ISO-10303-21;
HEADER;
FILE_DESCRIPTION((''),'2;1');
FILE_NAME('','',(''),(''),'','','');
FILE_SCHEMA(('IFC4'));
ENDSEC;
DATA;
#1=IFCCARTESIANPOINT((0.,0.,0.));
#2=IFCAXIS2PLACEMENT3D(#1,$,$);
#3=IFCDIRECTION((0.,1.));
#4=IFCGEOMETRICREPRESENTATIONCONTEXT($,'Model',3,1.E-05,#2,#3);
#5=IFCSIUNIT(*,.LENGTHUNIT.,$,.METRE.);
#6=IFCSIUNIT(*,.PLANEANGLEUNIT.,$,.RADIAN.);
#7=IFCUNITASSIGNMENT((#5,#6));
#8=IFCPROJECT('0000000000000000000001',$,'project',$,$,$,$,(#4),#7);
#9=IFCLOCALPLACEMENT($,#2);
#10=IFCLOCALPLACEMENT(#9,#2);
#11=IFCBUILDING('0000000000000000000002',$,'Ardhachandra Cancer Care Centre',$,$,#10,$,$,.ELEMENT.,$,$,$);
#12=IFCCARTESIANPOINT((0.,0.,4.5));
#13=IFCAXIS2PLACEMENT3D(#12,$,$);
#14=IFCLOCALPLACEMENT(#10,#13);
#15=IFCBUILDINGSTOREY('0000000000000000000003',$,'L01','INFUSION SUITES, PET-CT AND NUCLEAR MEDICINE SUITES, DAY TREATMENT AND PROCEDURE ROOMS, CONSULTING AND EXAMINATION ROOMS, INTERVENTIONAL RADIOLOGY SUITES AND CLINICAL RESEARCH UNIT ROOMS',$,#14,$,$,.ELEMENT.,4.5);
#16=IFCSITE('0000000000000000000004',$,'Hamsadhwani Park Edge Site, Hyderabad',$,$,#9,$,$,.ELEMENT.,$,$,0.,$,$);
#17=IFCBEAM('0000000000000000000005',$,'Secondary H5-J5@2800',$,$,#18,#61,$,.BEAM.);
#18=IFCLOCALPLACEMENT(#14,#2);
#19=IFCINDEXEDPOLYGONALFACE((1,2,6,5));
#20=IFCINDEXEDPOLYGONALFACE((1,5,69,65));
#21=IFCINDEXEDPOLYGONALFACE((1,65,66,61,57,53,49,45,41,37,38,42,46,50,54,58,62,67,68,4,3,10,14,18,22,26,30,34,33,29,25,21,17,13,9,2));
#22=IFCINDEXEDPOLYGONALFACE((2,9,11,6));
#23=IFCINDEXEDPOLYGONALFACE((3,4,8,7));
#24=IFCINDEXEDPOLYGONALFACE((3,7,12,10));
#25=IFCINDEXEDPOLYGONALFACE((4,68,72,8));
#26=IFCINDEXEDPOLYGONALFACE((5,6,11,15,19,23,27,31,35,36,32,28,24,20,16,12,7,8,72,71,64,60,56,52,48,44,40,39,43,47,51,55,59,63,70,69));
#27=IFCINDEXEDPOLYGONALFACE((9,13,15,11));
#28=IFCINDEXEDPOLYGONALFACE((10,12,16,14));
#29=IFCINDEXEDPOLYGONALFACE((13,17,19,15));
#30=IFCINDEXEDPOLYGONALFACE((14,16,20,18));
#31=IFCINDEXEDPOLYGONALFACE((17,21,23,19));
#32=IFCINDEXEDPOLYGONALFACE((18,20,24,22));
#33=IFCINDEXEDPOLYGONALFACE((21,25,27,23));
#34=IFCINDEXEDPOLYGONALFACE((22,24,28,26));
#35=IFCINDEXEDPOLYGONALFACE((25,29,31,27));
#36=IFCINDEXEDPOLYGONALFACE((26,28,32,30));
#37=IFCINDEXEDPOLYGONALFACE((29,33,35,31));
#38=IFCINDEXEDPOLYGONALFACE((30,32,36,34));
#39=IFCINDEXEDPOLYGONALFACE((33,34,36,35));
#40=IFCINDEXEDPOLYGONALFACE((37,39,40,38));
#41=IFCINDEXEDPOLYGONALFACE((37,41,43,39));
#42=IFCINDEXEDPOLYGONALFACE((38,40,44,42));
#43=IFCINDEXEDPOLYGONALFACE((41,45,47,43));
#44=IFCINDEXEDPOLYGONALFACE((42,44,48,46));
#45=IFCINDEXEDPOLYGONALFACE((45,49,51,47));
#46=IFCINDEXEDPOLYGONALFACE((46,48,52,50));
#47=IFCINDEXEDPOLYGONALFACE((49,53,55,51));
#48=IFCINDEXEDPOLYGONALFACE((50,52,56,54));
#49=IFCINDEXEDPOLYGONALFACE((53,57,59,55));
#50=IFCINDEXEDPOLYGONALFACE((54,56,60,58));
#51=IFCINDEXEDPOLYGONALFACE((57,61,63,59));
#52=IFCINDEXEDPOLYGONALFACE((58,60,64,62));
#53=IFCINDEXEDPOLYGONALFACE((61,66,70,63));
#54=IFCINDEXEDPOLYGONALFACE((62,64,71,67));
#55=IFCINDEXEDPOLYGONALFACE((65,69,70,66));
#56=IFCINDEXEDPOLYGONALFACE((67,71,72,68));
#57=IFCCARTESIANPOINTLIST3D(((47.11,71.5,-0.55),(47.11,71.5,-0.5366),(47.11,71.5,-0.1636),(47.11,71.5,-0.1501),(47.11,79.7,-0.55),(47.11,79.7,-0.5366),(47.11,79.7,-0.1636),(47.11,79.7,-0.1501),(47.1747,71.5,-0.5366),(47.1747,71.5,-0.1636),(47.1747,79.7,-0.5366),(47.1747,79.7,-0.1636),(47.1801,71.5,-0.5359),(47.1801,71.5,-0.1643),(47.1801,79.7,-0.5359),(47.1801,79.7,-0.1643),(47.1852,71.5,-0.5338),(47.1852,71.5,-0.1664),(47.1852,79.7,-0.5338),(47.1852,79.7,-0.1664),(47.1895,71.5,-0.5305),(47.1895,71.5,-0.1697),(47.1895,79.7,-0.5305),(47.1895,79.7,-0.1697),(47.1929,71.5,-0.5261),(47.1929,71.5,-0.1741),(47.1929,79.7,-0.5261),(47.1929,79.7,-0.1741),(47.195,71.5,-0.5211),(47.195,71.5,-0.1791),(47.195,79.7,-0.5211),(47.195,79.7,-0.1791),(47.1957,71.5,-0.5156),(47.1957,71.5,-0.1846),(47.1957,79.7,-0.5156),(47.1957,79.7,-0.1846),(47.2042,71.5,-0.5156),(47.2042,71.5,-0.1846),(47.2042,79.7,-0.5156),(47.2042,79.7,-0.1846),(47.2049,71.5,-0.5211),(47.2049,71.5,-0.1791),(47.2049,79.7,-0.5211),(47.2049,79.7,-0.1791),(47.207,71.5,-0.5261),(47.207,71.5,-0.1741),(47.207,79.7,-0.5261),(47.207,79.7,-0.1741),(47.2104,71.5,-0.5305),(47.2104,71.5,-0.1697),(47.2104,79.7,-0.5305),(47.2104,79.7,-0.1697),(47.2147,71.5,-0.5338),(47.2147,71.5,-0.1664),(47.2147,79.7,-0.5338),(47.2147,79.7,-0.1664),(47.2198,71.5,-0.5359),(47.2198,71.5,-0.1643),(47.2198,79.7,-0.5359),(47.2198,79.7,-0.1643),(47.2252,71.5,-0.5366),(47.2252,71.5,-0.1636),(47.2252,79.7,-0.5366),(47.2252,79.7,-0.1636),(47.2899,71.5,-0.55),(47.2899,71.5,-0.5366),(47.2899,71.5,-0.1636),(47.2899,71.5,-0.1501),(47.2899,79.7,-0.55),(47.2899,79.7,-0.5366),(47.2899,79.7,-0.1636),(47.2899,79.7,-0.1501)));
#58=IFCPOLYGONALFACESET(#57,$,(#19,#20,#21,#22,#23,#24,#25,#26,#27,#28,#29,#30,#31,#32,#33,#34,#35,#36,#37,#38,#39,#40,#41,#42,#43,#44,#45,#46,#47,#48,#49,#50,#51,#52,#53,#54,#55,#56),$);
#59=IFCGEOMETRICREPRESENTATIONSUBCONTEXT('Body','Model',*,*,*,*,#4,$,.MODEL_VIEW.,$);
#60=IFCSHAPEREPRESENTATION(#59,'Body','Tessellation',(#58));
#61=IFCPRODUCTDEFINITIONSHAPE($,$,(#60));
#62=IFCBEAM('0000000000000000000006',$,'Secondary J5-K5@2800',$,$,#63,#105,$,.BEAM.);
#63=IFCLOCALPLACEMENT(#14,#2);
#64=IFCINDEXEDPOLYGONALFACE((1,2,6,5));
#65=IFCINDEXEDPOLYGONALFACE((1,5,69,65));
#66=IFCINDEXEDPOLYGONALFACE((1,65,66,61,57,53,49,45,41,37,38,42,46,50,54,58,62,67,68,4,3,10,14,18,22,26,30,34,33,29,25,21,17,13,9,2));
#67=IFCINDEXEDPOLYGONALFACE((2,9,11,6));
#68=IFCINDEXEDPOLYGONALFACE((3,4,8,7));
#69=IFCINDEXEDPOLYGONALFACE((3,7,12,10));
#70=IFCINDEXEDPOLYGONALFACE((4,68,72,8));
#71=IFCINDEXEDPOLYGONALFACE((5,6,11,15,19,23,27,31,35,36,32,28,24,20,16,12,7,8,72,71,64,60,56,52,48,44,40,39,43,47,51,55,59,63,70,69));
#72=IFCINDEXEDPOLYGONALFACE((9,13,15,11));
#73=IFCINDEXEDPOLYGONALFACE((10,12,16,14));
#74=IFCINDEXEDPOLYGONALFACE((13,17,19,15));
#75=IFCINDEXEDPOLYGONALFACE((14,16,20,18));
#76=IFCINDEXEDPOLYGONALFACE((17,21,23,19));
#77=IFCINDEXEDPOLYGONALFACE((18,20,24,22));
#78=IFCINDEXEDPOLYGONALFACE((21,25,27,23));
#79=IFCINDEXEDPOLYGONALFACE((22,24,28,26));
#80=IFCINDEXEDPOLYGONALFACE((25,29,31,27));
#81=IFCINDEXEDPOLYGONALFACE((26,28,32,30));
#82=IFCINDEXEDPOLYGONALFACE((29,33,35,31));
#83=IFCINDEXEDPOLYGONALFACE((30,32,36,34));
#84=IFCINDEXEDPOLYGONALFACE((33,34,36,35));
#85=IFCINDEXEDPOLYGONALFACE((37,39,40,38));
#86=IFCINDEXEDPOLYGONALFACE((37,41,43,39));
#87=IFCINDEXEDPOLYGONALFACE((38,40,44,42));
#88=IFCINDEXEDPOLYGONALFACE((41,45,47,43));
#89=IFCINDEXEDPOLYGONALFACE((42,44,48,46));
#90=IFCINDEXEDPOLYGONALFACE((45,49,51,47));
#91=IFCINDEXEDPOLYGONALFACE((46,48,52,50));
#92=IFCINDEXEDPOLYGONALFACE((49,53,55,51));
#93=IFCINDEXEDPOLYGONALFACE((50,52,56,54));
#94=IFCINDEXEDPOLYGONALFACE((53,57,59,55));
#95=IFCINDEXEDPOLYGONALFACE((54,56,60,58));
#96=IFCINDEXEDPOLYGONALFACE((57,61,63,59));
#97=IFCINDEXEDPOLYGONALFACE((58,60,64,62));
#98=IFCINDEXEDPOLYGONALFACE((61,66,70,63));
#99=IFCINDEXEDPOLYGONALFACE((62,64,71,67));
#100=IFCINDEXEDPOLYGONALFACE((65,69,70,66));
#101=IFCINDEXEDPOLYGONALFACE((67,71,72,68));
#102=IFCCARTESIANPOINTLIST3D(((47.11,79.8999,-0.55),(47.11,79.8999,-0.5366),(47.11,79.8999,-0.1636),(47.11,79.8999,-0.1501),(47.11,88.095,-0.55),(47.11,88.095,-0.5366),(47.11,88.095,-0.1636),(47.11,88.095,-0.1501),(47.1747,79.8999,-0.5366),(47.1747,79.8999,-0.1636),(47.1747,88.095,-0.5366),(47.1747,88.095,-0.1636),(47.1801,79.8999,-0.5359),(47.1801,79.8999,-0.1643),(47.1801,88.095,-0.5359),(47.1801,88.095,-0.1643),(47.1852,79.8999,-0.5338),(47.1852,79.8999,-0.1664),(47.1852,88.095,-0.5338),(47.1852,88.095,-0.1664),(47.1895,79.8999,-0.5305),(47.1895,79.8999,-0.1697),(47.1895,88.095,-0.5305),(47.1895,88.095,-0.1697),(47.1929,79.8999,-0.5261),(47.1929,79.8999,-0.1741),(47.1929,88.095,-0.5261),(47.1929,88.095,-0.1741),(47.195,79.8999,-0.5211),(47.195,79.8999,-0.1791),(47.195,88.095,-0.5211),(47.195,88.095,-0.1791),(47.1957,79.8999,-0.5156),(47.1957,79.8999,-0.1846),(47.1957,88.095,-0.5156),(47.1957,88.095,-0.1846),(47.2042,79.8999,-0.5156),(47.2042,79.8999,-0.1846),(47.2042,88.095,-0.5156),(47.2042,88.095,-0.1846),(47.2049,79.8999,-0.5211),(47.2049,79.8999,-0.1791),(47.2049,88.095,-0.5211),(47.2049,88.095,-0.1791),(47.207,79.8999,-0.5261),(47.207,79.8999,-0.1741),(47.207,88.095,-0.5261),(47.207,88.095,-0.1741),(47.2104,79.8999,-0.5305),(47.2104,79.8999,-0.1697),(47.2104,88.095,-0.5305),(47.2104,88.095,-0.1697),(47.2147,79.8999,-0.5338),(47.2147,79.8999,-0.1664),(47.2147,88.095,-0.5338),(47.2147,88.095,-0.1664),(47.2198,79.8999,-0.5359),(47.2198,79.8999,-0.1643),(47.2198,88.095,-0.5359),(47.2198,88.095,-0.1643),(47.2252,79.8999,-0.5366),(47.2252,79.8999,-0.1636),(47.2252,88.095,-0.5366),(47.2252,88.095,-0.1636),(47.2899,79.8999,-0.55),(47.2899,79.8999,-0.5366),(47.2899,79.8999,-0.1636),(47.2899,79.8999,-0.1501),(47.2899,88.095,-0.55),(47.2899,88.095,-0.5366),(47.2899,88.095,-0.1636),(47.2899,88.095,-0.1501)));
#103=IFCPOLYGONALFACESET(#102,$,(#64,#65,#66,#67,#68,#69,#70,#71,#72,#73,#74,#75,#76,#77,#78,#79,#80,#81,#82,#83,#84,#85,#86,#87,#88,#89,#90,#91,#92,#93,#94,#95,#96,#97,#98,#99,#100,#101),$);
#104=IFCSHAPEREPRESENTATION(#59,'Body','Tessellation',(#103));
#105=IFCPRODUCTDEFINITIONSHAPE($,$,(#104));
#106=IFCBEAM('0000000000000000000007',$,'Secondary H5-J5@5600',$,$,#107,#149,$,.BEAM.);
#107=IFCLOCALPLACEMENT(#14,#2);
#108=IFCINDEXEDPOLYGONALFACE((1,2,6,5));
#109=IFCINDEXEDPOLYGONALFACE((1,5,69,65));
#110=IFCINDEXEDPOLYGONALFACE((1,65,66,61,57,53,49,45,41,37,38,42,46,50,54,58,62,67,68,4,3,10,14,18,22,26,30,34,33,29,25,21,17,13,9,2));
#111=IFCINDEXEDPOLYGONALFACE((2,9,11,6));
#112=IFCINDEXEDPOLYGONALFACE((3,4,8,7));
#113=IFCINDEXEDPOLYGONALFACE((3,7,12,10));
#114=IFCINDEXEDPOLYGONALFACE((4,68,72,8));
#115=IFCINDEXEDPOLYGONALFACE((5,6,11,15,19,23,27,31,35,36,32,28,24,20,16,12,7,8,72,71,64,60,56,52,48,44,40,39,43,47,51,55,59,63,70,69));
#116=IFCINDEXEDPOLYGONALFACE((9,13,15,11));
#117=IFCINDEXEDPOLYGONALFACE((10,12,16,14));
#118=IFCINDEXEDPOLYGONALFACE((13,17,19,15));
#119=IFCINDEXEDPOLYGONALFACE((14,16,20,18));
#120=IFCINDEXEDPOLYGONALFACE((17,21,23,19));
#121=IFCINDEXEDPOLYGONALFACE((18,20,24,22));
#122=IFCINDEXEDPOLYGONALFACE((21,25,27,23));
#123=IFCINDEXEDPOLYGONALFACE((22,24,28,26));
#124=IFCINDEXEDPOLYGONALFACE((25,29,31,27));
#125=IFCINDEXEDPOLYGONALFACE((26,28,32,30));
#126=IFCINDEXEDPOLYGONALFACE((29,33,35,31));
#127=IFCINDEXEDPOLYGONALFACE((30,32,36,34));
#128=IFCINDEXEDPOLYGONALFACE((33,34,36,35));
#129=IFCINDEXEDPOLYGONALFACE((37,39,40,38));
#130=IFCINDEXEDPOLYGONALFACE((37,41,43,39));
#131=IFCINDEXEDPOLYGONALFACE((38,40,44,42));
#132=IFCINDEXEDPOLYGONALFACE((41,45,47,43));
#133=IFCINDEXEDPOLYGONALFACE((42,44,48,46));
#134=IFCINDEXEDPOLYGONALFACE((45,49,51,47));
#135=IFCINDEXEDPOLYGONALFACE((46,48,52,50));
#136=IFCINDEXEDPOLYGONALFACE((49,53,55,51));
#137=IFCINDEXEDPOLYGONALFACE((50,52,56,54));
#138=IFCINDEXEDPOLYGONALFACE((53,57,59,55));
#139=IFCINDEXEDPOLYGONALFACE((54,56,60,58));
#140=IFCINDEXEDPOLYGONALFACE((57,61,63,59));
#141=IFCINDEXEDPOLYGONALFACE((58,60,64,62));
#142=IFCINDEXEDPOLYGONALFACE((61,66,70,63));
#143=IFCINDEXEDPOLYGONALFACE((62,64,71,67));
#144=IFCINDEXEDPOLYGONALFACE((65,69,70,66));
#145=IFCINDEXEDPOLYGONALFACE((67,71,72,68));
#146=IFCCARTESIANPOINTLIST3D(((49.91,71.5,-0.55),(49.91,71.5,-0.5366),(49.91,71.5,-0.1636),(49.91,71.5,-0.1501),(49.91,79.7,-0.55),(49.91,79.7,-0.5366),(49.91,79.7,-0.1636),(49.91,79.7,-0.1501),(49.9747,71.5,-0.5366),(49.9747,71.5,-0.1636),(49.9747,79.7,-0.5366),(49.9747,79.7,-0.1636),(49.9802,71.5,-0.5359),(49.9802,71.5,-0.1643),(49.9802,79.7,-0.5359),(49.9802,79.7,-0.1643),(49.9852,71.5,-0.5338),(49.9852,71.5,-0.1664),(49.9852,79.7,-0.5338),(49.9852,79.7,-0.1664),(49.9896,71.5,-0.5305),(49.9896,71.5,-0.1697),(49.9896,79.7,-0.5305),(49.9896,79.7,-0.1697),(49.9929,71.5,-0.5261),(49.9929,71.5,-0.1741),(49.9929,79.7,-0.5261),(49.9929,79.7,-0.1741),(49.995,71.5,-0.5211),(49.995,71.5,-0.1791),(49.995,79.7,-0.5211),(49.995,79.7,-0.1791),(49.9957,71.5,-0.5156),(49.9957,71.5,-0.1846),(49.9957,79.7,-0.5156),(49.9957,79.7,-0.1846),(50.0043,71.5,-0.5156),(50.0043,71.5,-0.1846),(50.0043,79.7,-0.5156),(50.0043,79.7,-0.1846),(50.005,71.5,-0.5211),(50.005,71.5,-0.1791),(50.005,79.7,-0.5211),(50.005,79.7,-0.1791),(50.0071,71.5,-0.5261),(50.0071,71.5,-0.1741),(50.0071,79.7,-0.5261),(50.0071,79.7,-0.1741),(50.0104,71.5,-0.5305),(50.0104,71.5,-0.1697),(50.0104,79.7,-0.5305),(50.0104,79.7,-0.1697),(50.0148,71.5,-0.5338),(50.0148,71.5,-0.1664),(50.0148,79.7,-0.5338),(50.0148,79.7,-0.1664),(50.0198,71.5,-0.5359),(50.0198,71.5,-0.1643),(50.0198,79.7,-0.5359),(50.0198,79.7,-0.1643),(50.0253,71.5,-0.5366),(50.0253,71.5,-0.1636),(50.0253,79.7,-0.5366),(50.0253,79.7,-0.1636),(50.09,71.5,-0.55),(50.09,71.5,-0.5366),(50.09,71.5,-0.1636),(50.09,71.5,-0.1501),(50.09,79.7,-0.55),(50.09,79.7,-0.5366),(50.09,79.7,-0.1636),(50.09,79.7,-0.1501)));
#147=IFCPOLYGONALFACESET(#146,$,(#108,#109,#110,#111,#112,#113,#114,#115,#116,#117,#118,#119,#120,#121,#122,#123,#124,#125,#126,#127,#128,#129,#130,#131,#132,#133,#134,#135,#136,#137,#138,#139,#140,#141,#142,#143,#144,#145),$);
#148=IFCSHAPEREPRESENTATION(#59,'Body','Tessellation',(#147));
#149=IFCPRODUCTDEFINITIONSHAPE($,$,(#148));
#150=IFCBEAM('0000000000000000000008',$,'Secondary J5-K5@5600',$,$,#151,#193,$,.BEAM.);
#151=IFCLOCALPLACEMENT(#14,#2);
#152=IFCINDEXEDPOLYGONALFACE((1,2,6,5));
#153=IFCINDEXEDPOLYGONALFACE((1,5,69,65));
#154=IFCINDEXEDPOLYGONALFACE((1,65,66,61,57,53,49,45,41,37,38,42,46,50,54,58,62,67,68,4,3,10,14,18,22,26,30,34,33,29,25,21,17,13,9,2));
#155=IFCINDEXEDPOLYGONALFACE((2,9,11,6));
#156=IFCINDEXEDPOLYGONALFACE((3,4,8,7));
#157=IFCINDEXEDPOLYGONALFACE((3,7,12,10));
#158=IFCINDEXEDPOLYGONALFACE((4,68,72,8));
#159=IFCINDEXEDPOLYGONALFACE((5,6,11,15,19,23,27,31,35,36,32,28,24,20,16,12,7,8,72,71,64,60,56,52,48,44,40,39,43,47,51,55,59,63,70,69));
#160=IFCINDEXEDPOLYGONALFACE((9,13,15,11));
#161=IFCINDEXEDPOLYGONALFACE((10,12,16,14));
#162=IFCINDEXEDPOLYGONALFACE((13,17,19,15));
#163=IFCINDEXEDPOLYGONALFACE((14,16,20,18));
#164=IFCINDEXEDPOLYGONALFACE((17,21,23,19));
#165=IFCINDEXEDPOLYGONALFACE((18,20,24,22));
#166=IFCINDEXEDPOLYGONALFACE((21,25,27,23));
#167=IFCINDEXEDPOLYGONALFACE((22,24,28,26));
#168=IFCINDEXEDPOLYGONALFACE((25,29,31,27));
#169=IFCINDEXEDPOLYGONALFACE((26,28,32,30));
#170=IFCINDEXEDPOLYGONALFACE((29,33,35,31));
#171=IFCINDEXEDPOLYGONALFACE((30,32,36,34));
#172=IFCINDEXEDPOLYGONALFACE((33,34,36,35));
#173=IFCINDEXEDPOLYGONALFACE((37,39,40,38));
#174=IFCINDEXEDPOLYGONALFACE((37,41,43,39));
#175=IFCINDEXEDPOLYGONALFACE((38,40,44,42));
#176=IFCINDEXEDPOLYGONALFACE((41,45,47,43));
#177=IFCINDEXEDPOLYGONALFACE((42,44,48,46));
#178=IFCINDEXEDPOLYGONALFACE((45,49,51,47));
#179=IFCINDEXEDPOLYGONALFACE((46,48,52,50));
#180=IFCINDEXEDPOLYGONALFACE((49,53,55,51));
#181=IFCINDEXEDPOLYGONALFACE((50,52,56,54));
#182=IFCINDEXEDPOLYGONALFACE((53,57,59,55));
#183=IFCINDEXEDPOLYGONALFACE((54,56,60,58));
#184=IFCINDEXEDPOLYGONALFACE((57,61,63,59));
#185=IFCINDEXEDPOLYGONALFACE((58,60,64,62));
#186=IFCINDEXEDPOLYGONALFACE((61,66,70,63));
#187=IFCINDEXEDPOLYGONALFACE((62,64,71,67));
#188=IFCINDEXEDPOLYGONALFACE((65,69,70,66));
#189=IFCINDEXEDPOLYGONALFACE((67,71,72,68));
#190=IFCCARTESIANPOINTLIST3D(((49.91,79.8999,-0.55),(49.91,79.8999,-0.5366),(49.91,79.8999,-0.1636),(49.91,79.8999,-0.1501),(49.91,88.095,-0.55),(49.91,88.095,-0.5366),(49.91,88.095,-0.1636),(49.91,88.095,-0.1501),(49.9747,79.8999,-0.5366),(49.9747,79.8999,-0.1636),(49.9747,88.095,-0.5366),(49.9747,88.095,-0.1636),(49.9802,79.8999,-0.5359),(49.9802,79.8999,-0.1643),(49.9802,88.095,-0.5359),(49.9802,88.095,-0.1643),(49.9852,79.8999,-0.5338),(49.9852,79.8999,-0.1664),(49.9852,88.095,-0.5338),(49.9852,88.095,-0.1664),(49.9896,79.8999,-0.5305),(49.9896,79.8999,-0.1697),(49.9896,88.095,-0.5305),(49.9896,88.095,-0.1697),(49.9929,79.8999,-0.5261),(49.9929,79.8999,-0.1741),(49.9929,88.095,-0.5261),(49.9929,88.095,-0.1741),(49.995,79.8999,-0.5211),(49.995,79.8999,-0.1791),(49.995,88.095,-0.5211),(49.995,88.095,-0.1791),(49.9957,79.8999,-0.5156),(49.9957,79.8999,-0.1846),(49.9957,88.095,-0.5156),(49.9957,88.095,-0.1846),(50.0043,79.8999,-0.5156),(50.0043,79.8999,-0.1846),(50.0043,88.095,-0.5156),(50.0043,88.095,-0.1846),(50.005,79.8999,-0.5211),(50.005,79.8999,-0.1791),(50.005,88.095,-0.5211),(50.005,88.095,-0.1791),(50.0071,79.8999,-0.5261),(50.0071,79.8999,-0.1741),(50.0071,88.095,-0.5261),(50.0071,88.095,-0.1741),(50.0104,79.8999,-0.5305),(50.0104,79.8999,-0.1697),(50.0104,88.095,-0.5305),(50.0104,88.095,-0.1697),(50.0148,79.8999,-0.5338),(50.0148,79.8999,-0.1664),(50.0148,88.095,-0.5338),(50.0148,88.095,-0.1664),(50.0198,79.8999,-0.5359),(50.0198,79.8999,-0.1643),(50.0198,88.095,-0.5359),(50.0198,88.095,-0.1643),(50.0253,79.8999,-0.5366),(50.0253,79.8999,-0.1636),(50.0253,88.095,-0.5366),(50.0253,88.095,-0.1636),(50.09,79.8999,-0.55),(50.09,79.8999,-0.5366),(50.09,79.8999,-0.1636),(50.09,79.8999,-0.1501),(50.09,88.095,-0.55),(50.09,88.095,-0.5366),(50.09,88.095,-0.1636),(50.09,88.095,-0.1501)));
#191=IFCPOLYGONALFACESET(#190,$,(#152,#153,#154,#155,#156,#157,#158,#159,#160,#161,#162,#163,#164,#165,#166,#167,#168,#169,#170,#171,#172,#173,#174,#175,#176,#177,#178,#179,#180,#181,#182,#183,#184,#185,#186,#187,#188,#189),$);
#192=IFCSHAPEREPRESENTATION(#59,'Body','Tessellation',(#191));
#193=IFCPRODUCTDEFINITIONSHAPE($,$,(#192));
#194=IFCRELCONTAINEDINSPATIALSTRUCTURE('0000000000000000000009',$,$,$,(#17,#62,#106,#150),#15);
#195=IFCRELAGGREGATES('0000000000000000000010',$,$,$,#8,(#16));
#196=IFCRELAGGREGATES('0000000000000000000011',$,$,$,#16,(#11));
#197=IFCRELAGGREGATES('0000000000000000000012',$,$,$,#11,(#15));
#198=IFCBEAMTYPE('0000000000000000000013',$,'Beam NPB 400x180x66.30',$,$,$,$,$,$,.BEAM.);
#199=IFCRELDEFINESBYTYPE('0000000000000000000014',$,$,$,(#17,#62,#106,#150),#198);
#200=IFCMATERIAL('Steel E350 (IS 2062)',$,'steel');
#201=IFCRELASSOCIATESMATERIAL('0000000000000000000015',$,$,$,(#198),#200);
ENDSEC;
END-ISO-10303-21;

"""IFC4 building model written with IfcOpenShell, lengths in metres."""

from ifc_helpers import new_model, si_unit, direction, frame, origin, origin_2d, place, context, subcontext, project, spatial, i_section, extrude, material, material_profile, profile_set, type_object, element, save


model = new_model("IFC4")

# Units and contexts
model_context = context("Model", 3, precision=1e-05, world=origin(), true_north=direction((0.0, 1.0)))
body_context = subcontext(model_context, "Body", "Model", "MODEL_VIEW")
ifc_project = project(units=[si_unit("LENGTHUNIT", "METRE"), si_unit("PLANEANGLEUNIT", "RADIAN")], contexts=[model_context])

# Site, building, storey
site_placement = place(None, origin())
site = spatial("IfcSite", under=ifc_project, at=site_placement, Name="Hamsadhwani Park Edge Site, Hyderabad", CompositionType="ELEMENT", RefElevation=0.0)
building_placement = place(site_placement, origin())
building = spatial("IfcBuilding", under=site, at=building_placement, Name="Ardhachandra Cancer Care Centre", CompositionType="ELEMENT")
storey_placement = place(building_placement, frame((0.0, 0.0, 4.5)))
storey = spatial("IfcBuildingStorey", under=building, at=storey_placement, Name="L01", Description="INFUSION SUITES, PET-CT AND NUCLEAR MEDICINE SUITES, DAY TREATMENT AND PROCEDURE ROOMS, CONSULTING AND EXAMINATION ROOMS, INTERVENTIONAL RADIOLOGY SUITES AND CLINICAL RESEARCH UNIT ROOMS", CompositionType="ELEMENT", Elevation=4.5)

# Beams
ifc_material_1 = material(Name="Steel E350 (IS 2062)", Category="steel")
ifc_material_profile_1 = material_profile(ifc_material_1, i_section(OverallWidth=0.1799, OverallDepth=0.3999, WebThickness=0.0085, FlangeThickness=0.0134, FilletRadius=0.021, at=origin_2d()), Name="NPB 400x180x66.30")
ifc_profile_set_1 = profile_set([ifc_material_profile_1], Name="Steel E350 (IS 2062)")
beam_type_1 = type_object("IfcBeamType", Name="Beam NPB 400x180x66.30", PredefinedType="BEAM", material=ifc_profile_set_1)
beam_1_placement = place(storey_placement, frame((47.2, 71.5, -0.3501), z_axis=(0.0, 1.0, 0.0), x_axis=(-1.0, 0.0, 0.0)))
element("IfcBeam", 1, at=beam_1_placement, inside=storey, type_object=beam_type_1, Name="Secondary H5-J5@2800", PredefinedType="BEAM", context=body_context, shape_type="SweptSolid", body=[
    extrude(i_section(OverallWidth=0.1799, OverallDepth=0.3999, WebThickness=0.0085, FlangeThickness=0.0134, FilletRadius=0.021, at=origin_2d()), origin(), (0.0, 0.0, 1.0), 8.2),
])
beam_2_placement = place(storey_placement, frame((47.2, 79.8999, -0.3501), z_axis=(0.0, 1.0, 0.0), x_axis=(-1.0, 0.0, 0.0)))
element("IfcBeam", 2, at=beam_2_placement, inside=storey, type_object=beam_type_1, Name="Secondary J5-K5@2800", PredefinedType="BEAM", context=body_context, shape_type="SweptSolid", body=[
    extrude(i_section(OverallWidth=0.1799, OverallDepth=0.3999, WebThickness=0.0085, FlangeThickness=0.0134, FilletRadius=0.021, at=origin_2d()), origin(), (0.0, 0.0, 1.0), 8.1951),
])
beam_3_placement = place(storey_placement, frame((50.0, 71.5, -0.3501), z_axis=(0.0, 1.0, 0.0), x_axis=(-1.0, 0.0, 0.0)))
element("IfcBeam", 3, at=beam_3_placement, inside=storey, type_object=beam_type_1, Name="Secondary H5-J5@5600", PredefinedType="BEAM", context=body_context, shape_type="SweptSolid", body=[
    extrude(i_section(OverallWidth=0.1799, OverallDepth=0.3999, WebThickness=0.0085, FlangeThickness=0.0134, FilletRadius=0.021, at=origin_2d()), origin(), (0.0, 0.0, 1.0), 8.2),
])
beam_4_placement = place(storey_placement, frame((50.0, 79.8999, -0.3501), z_axis=(0.0, 1.0, 0.0), x_axis=(-1.0, 0.0, 0.0)))
element("IfcBeam", 4, at=beam_4_placement, inside=storey, type_object=beam_type_1, Name="Secondary J5-K5@5600", PredefinedType="BEAM", context=body_context, shape_type="SweptSolid", body=[
    extrude(i_section(OverallWidth=0.1799, OverallDepth=0.3999, WebThickness=0.0085, FlangeThickness=0.0134, FilletRadius=0.021, at=origin_2d()), origin(), (0.0, 0.0, 1.0), 8.1951),
])

save(model, "model.ifc")
